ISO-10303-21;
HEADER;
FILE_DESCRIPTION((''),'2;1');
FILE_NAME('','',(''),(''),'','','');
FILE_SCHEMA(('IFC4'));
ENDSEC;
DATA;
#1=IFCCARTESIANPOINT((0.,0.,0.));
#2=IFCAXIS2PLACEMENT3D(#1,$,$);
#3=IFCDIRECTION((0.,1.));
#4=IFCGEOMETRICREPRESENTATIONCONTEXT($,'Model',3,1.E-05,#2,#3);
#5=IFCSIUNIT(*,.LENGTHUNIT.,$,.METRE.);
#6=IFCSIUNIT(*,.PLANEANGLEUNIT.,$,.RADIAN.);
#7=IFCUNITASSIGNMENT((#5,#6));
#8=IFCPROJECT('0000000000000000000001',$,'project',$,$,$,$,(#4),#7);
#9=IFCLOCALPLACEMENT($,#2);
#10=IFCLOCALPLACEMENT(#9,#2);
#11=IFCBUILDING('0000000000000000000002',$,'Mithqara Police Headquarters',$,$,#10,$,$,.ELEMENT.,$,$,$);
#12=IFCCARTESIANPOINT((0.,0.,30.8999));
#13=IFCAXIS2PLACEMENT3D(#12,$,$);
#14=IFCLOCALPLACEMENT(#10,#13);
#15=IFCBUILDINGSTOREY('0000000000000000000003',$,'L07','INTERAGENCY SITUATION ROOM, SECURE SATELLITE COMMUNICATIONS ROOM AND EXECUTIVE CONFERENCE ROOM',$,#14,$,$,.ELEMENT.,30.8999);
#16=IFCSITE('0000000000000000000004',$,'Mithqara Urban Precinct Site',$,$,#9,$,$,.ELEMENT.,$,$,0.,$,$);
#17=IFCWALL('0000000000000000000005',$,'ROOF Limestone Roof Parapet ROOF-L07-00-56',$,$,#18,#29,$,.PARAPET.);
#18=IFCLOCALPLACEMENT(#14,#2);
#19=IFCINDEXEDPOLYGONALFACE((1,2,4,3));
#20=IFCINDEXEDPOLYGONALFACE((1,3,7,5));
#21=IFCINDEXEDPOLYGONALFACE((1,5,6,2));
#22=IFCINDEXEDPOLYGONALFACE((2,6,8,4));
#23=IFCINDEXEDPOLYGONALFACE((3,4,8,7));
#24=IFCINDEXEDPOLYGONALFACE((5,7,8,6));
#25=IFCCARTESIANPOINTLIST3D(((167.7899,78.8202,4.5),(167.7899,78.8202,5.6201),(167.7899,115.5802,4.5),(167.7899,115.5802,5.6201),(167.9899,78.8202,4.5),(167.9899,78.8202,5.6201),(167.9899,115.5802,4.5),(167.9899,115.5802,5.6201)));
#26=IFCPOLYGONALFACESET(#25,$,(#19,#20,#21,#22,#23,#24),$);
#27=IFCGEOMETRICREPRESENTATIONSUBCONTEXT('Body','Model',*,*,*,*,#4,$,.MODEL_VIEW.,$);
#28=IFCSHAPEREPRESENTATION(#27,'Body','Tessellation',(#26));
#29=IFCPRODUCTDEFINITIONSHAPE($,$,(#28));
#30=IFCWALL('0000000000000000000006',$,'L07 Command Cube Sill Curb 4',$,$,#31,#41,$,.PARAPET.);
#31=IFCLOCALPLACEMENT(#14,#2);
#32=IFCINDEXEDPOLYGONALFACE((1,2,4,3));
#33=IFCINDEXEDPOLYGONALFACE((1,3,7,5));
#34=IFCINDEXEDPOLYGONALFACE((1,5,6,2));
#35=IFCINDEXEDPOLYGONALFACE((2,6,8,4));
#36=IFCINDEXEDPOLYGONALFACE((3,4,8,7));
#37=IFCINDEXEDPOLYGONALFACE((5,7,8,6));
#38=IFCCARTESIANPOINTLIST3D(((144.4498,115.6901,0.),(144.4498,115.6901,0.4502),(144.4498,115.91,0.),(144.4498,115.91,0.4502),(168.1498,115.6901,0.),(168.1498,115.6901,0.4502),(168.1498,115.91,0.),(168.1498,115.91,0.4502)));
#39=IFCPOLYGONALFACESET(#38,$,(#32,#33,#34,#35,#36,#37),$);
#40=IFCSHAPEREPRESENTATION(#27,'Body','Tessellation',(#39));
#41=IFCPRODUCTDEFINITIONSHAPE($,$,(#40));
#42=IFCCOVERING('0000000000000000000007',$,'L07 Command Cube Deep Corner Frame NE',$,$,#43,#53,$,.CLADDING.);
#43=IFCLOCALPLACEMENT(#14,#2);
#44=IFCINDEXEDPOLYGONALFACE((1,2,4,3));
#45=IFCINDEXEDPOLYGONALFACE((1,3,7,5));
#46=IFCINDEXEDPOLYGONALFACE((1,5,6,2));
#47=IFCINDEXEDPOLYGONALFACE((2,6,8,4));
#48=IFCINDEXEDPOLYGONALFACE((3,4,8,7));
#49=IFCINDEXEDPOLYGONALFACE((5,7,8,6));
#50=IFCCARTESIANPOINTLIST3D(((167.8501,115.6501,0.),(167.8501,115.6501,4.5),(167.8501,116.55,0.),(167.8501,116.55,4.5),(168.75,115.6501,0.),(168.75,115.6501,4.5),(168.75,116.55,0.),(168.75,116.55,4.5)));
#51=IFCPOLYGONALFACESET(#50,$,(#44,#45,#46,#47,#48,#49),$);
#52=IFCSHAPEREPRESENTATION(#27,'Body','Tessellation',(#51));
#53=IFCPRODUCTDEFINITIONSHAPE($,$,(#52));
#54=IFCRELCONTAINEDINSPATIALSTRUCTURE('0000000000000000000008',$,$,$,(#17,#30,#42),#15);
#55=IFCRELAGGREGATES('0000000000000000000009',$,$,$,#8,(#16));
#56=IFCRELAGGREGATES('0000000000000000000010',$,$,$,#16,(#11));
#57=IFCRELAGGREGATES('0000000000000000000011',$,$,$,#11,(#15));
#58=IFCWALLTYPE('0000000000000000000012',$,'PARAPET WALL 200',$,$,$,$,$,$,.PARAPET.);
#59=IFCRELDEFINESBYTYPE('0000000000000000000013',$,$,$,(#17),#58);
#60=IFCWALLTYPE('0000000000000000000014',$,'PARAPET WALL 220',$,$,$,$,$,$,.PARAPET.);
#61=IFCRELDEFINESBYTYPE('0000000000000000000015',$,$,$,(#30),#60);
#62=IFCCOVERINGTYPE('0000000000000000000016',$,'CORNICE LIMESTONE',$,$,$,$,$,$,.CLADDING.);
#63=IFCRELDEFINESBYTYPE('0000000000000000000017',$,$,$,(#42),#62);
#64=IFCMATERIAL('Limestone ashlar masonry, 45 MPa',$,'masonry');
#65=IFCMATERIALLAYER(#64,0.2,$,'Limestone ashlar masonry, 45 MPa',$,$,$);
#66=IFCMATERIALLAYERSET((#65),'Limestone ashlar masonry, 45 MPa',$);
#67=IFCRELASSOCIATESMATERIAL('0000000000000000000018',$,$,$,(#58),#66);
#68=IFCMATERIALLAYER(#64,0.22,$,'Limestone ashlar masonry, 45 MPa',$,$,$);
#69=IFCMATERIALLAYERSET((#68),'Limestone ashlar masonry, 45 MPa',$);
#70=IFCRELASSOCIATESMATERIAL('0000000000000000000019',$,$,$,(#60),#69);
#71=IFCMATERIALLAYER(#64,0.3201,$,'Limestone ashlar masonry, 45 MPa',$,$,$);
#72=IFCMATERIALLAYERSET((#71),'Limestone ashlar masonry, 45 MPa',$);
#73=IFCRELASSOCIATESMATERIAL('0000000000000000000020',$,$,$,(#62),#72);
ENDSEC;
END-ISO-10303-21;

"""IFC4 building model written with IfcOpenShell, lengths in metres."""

from ifc_helpers import new_model, si_unit, direction, frame, frame_2d, origin, origin_2d, place, context, subcontext, project, spatial, rectangle, extrude, material, layer, layer_set, type_object, element, save


model = new_model("IFC4")

# Units and contexts
model_context = context("Model", 3, precision=1e-05, world=origin(), true_north=direction((0.0, 1.0)))
body_context = subcontext(model_context, "Body", "Model", "MODEL_VIEW")
ifc_project = project(units=[si_unit("LENGTHUNIT", "METRE"), si_unit("PLANEANGLEUNIT", "RADIAN")], contexts=[model_context])

# Site, building, storey
site_placement = place(None, origin())
site = spatial("IfcSite", under=ifc_project, at=site_placement, Name="Mithqara Urban Precinct Site", CompositionType="ELEMENT", RefElevation=0.0)
building_placement = place(site_placement, origin())
building = spatial("IfcBuilding", under=site, at=building_placement, Name="Mithqara Police Headquarters", CompositionType="ELEMENT")
storey_placement = place(building_placement, frame((0.0, 0.0, 30.8999)))
storey = spatial("IfcBuildingStorey", under=building, at=storey_placement, Name="L07", Description="INTERAGENCY SITUATION ROOM, SECURE SATELLITE COMMUNICATIONS ROOM AND EXECUTIVE CONFERENCE ROOM", CompositionType="ELEMENT", Elevation=30.8999)

# Walls
ifc_material_1 = material(Name="Limestone ashlar masonry, 45 MPa", Category="masonry")
ifc_layer_1 = layer(ifc_material_1, 0.2, Name="Limestone ashlar masonry, 45 MPa")
ifc_layer_set_1 = layer_set([ifc_layer_1], Name="Limestone ashlar masonry, 45 MPa")
wall_type_1 = type_object("IfcWallType", Name="PARAPET WALL 200", PredefinedType="PARAPET", material=ifc_layer_set_1)
wall_1_placement = place(storey_placement, frame((167.8899, 115.5801, 4.5), z_axis=(0.0, 0.0, 1.0), x_axis=(0.0, -1.0, 0.0)))
element("IfcWall", 1, at=wall_1_placement, inside=storey, type_object=wall_type_1, Name="ROOF Limestone Roof Parapet ROOF-L07-00-56", PredefinedType="PARAPET", context=body_context, shape_type="SweptSolid", body=[
    extrude(rectangle(XDim=36.76, YDim=0.2, at=frame_2d((18.3799, 0.0))), origin(), (0.0, 0.0, 1.0), 1.1201),
])
ifc_layer_2 = layer(ifc_material_1, 0.22, Name="Limestone ashlar masonry, 45 MPa")
ifc_layer_set_2 = layer_set([ifc_layer_2], Name="Limestone ashlar masonry, 45 MPa")
wall_type_2 = type_object("IfcWallType", Name="PARAPET WALL 220", PredefinedType="PARAPET", material=ifc_layer_set_2)
wall_2_placement = place(storey_placement, frame((168.1499, 115.8, 0.0), z_axis=(0.0, 0.0, 1.0), x_axis=(-1.0, 0.0, 0.0)))
element("IfcWall", 2, at=wall_2_placement, inside=storey, type_object=wall_type_2, Name="L07 Command Cube Sill Curb 4", PredefinedType="PARAPET", context=body_context, shape_type="SweptSolid", body=[
    extrude(rectangle(XDim=23.7, YDim=0.22, at=frame_2d((11.8501, 0.0))), origin(), (0.0, 0.0, 1.0), 0.4502),
])

# Covering
ifc_layer_3 = layer(ifc_material_1, 0.3201, Name="Limestone ashlar masonry, 45 MPa")
ifc_layer_set_3 = layer_set([ifc_layer_3], Name="Limestone ashlar masonry, 45 MPa")
covering_type = type_object("IfcCoveringType", Name="CORNICE LIMESTONE", PredefinedType="CLADDING", material=ifc_layer_set_3)
covering_placement = place(storey_placement, frame((168.3, 116.1001, 0.0), z_axis=(0.0, 0.0, 1.0), x_axis=(1.0, 0.0, 0.0)))
element("IfcCovering", 3, at=covering_placement, inside=storey, type_object=covering_type, Name="L07 Command Cube Deep Corner Frame NE", PredefinedType="CLADDING", context=body_context, shape_type="SweptSolid", body=[
    extrude(rectangle(XDim=0.8999, YDim=0.8999, at=origin_2d()), origin(), (0.0, 0.0, 1.0), 4.5),
])

save(model, "model.ifc")
